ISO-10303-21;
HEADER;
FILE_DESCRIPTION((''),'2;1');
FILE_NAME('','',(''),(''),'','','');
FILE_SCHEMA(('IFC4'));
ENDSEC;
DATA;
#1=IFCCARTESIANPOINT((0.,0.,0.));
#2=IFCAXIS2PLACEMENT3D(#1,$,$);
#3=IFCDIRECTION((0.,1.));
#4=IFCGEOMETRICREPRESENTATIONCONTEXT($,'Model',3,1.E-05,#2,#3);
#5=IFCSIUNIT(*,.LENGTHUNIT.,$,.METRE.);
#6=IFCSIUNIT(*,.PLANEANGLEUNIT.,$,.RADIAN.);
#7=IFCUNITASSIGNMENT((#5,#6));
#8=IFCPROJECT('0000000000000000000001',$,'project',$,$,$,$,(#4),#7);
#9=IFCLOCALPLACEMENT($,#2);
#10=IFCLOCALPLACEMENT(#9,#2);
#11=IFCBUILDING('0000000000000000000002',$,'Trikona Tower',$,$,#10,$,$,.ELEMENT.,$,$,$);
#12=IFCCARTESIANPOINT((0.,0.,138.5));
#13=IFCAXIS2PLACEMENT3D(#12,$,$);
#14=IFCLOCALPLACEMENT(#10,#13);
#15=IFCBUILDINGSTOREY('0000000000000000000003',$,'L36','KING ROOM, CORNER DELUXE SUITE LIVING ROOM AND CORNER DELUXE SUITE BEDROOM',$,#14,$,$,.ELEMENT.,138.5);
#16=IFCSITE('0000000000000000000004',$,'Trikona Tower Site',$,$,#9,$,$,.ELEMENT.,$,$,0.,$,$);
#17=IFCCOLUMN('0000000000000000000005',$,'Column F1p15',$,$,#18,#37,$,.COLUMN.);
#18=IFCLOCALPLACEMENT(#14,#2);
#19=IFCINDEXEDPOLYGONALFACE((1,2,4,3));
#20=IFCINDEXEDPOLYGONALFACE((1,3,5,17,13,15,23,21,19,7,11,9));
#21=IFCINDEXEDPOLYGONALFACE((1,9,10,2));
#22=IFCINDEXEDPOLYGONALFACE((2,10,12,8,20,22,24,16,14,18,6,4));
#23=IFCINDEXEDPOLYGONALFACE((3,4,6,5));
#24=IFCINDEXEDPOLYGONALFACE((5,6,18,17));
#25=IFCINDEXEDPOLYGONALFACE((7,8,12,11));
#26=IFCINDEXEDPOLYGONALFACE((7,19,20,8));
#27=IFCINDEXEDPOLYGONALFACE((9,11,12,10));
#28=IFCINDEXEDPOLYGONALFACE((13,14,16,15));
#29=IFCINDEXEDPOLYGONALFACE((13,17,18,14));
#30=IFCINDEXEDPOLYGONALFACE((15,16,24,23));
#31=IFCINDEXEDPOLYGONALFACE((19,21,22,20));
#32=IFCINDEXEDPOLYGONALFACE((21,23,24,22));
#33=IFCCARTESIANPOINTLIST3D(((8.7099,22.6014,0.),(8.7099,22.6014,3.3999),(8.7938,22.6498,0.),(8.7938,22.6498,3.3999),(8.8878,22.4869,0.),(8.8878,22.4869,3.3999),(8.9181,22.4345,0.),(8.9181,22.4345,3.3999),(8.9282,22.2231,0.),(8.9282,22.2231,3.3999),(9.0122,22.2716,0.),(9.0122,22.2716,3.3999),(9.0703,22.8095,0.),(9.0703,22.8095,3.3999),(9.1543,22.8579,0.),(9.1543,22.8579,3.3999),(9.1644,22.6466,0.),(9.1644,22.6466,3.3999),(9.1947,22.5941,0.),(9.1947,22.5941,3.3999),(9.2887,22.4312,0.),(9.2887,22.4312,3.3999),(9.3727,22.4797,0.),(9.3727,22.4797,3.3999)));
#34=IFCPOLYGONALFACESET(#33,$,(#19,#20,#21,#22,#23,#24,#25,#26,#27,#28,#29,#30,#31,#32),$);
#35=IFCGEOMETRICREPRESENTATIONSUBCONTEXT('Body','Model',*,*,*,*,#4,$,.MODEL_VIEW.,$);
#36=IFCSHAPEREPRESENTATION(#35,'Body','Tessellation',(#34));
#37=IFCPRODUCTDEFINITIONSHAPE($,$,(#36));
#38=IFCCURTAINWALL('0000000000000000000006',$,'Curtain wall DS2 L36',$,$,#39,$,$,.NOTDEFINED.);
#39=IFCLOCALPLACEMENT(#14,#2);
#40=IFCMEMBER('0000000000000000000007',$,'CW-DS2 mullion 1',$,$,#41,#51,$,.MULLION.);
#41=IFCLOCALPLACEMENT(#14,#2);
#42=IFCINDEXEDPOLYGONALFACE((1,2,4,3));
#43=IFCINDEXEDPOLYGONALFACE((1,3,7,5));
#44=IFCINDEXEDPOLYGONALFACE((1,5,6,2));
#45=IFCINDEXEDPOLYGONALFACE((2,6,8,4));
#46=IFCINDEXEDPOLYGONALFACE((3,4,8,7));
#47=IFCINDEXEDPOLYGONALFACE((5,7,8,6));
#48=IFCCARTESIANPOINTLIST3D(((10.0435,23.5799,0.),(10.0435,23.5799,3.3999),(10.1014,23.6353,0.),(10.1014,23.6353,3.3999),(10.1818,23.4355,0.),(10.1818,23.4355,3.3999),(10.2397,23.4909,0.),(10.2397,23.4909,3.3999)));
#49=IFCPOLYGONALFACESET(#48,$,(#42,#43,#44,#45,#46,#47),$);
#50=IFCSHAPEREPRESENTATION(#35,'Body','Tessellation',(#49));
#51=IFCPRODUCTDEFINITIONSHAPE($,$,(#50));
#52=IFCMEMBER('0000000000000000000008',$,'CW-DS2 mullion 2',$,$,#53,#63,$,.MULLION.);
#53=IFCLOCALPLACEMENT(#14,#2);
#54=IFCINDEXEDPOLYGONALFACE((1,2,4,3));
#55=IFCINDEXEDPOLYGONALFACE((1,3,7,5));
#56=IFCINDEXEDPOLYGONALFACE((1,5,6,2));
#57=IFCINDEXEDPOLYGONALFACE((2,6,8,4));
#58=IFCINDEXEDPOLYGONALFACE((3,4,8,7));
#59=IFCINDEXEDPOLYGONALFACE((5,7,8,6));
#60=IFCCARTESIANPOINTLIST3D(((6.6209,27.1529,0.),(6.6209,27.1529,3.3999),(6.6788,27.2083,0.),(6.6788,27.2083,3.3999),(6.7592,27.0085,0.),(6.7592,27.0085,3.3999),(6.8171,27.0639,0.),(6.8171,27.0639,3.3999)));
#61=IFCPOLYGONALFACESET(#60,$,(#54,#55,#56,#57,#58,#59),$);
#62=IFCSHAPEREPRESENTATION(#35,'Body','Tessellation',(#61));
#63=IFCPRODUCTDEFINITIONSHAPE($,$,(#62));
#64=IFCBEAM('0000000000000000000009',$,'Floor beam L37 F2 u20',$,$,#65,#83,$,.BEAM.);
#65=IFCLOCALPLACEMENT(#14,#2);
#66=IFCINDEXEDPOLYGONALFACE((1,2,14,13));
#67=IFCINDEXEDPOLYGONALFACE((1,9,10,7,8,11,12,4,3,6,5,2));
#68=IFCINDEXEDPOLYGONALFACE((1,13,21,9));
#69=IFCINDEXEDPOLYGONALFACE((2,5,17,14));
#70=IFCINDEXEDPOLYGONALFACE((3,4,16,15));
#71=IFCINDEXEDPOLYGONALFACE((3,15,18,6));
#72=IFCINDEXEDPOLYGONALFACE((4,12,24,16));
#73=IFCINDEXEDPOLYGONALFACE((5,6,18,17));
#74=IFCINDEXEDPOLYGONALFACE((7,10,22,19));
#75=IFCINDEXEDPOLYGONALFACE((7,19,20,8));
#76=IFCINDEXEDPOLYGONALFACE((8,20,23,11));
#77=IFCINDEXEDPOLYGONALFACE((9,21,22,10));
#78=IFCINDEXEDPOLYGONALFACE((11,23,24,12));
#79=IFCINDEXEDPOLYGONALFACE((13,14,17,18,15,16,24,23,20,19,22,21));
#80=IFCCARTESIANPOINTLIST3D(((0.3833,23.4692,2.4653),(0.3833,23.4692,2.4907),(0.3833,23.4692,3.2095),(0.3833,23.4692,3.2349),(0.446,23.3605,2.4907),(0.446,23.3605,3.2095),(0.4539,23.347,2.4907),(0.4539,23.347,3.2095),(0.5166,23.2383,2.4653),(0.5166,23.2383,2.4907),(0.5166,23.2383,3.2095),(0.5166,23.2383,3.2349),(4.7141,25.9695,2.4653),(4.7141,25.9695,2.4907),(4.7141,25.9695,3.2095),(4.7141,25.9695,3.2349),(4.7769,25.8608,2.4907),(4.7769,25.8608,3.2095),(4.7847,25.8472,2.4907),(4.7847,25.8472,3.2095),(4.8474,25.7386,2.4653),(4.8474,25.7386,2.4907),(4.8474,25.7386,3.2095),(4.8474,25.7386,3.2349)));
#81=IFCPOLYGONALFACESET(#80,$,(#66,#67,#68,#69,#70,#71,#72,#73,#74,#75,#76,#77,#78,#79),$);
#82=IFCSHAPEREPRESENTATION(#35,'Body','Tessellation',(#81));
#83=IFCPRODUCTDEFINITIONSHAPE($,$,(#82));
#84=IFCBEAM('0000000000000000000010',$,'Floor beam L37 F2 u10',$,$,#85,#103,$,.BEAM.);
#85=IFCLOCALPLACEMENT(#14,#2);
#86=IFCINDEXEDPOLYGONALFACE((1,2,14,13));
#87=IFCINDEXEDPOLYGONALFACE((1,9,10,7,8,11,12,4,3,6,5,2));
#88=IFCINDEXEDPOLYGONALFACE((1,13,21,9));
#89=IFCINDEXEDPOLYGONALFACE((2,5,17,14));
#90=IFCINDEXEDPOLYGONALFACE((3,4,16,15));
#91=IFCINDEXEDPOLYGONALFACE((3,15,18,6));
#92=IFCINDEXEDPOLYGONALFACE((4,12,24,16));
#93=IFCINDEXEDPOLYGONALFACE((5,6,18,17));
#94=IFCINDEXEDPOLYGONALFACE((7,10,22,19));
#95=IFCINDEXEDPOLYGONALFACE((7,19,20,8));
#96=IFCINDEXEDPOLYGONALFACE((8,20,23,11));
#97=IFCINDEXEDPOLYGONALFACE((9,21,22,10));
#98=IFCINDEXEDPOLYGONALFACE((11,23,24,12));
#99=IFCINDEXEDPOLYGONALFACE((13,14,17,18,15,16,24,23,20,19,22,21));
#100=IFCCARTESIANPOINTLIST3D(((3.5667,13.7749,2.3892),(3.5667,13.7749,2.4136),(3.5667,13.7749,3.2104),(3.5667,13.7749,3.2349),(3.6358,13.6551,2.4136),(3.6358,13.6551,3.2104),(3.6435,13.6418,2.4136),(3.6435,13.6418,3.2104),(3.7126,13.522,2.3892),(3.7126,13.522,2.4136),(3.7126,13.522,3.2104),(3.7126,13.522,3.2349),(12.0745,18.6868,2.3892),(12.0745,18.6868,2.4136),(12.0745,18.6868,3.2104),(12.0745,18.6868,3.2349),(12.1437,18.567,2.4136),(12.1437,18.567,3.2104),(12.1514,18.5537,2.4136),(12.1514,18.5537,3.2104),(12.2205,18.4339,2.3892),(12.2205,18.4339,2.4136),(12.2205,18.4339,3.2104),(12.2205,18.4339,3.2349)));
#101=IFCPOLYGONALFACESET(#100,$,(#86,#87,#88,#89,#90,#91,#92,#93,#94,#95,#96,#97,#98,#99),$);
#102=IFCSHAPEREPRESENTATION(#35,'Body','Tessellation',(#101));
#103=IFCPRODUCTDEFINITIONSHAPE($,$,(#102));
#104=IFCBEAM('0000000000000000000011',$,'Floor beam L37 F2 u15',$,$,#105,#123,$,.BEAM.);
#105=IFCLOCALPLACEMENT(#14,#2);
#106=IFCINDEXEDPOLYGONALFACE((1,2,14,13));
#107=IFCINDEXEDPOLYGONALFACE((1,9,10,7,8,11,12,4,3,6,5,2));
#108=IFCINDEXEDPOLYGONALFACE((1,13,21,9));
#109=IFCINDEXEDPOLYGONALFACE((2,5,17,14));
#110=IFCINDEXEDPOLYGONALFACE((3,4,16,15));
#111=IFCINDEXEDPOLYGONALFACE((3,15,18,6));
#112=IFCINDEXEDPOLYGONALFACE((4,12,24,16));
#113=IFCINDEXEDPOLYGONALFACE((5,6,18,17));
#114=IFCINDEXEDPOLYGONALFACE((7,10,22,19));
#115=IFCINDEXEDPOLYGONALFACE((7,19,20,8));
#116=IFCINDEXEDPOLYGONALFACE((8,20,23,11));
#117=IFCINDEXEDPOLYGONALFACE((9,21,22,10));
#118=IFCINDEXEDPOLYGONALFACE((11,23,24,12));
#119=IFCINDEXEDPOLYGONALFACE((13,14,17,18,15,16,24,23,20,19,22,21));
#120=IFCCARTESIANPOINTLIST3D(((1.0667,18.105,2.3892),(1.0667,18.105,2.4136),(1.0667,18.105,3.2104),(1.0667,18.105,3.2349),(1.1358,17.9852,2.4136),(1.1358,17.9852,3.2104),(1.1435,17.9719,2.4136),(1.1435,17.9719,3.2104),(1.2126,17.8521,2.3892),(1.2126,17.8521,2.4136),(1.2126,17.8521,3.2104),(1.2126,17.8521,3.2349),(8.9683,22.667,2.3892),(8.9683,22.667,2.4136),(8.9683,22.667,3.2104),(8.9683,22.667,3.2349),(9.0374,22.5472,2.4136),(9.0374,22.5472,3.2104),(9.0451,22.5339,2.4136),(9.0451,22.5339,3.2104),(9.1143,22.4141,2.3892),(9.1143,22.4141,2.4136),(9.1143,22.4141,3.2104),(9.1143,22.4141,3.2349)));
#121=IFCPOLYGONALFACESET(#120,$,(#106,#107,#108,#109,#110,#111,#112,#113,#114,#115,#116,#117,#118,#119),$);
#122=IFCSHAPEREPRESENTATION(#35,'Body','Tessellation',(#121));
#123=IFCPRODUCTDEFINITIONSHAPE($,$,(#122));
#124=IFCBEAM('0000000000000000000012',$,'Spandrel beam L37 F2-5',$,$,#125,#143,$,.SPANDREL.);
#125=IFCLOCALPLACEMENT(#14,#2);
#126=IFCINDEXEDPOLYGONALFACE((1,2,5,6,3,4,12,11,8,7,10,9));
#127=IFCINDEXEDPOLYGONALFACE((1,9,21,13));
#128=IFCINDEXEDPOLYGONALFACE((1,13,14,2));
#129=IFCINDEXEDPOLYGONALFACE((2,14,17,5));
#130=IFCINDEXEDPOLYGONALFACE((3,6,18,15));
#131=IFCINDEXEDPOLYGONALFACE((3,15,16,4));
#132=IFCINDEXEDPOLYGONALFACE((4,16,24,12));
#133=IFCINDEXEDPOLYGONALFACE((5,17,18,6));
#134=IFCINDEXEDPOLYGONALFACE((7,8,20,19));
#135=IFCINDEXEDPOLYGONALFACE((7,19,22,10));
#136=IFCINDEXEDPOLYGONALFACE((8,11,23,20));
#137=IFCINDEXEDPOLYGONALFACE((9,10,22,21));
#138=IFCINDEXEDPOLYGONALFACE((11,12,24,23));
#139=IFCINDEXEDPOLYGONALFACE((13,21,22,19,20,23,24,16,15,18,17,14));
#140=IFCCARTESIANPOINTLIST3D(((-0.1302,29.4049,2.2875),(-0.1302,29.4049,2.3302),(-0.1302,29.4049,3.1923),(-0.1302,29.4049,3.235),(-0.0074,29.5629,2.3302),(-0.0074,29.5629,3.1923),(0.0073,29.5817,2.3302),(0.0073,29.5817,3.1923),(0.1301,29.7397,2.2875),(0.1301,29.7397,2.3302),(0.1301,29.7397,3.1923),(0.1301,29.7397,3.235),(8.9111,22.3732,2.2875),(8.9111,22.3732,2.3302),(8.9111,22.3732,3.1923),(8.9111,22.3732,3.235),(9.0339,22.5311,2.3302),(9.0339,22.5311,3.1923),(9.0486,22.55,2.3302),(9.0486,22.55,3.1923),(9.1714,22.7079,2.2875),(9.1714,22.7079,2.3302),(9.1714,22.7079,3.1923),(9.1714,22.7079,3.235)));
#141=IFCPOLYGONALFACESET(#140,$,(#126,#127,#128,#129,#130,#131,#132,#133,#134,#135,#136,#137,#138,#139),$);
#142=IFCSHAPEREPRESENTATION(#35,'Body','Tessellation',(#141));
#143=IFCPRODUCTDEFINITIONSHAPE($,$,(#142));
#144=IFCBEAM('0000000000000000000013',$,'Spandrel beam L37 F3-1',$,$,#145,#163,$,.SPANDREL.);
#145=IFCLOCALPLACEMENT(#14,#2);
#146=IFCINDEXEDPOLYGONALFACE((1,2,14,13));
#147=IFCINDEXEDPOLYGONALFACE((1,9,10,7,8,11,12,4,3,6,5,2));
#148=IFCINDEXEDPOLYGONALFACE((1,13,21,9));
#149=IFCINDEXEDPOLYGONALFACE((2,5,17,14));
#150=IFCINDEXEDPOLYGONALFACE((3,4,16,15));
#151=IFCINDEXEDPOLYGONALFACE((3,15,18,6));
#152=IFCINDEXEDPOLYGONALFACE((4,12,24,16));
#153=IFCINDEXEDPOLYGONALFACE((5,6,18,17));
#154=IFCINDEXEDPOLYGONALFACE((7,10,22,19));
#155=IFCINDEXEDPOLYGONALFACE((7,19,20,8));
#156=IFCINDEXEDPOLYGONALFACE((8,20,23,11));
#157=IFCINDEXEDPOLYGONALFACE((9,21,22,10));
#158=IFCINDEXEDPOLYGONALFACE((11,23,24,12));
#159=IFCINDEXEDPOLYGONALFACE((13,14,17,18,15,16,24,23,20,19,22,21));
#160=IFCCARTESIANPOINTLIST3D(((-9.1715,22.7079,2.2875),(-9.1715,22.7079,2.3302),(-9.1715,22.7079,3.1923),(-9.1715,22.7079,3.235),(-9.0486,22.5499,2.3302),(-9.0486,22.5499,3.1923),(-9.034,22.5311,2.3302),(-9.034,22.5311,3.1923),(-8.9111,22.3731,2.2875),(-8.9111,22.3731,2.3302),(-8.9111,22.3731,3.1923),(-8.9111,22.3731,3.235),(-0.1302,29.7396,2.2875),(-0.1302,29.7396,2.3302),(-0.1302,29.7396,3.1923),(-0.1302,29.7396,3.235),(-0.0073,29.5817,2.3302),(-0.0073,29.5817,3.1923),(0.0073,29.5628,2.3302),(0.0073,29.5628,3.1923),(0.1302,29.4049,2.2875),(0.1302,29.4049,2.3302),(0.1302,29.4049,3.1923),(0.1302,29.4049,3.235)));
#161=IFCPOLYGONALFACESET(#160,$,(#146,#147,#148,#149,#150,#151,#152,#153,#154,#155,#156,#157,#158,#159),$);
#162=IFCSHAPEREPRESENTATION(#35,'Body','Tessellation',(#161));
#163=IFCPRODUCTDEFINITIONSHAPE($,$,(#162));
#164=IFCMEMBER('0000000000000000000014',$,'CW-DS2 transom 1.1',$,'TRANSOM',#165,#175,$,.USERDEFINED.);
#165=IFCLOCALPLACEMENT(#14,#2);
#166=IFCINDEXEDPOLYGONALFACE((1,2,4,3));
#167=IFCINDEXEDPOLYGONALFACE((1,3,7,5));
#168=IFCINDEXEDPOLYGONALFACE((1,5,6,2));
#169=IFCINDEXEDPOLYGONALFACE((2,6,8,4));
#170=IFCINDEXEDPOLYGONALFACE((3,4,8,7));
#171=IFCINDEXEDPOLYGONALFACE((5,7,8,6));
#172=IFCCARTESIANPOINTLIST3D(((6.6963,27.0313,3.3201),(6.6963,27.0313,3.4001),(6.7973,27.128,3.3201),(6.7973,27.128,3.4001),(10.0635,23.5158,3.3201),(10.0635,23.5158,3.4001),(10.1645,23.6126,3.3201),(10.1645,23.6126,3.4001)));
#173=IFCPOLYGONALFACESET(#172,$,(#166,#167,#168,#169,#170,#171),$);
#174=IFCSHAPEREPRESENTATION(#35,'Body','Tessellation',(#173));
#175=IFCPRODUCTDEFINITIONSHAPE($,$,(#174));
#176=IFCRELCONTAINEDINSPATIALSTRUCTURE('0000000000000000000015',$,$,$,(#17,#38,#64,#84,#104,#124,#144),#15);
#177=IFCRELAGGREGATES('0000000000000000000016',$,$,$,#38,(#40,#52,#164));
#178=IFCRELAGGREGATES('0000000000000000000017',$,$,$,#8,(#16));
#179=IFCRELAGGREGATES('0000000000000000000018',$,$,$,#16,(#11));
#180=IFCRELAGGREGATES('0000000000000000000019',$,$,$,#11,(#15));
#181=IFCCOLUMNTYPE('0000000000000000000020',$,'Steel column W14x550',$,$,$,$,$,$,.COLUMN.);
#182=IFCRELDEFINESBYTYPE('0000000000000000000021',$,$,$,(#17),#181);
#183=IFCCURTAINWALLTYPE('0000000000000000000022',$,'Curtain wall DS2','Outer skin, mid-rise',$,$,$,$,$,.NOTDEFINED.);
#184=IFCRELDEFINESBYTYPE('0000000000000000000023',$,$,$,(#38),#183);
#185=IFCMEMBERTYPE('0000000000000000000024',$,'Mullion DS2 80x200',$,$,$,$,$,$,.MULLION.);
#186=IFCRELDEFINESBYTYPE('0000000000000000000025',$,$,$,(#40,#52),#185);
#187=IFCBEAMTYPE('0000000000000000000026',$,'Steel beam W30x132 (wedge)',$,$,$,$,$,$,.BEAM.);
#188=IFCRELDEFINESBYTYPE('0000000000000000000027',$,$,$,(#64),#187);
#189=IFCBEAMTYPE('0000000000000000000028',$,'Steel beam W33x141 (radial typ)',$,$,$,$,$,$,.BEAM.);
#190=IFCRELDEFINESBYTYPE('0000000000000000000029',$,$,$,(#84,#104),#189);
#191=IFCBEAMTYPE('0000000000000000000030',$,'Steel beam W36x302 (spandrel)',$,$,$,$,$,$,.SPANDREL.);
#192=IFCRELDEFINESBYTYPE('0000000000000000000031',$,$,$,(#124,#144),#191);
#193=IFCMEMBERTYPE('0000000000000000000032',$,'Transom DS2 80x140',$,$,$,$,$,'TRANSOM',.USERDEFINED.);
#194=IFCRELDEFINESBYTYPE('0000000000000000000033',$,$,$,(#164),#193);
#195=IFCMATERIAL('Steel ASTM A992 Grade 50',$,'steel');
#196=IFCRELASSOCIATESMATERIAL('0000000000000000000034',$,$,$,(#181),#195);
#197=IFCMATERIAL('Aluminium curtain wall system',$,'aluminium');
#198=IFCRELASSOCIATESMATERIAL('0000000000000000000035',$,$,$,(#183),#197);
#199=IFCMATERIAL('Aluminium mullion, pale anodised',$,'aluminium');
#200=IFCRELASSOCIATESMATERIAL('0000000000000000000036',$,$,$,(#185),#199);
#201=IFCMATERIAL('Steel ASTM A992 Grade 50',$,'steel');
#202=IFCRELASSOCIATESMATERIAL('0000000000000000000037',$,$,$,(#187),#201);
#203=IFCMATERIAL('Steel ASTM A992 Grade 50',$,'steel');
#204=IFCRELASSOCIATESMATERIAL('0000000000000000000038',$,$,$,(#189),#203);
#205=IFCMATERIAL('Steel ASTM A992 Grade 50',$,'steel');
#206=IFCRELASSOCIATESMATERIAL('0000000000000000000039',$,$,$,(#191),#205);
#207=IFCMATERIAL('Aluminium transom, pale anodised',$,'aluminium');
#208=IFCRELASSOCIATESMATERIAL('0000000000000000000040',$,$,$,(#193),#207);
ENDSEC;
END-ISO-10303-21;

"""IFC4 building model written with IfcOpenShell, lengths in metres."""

from ifc_helpers import new_model, si_unit, direction, frame, origin, origin_2d, place, context, subcontext, project, spatial, rectangle, i_section, extrude, material, material_profile, profile_set, type_object, element, aggregate, save


model = new_model("IFC4")

# Units and contexts
model_context = context("Model", 3, precision=1e-05, world=origin(), true_north=direction((0.0, 1.0)))
body_context = subcontext(model_context, "Body", "Model", "MODEL_VIEW")
ifc_project = project(units=[si_unit("LENGTHUNIT", "METRE"), si_unit("PLANEANGLEUNIT", "RADIAN")], contexts=[model_context])

# Site, building, storey
site_placement = place(None, origin())
site = spatial("IfcSite", under=ifc_project, at=site_placement, Name="Trikona Tower Site", CompositionType="ELEMENT", RefElevation=0.0)
building_placement = place(site_placement, origin())
building = spatial("IfcBuilding", under=site, at=building_placement, Name="Trikona Tower", CompositionType="ELEMENT")
storey_placement = place(building_placement, frame((0.0, 0.0, 138.5)))
storey = spatial("IfcBuildingStorey", under=building, at=storey_placement, Name="L36", Description="KING ROOM, CORNER DELUXE SUITE LIVING ROOM AND CORNER DELUXE SUITE BEDROOM", CompositionType="ELEMENT", Elevation=138.5)

# Column
ifc_material_1 = material(Name="Steel ASTM A992 Grade 50", Category="steel")
ifc_material_profile_1 = material_profile(ifc_material_1, i_section(OverallWidth=0.4368, OverallDepth=0.5132, WebThickness=0.0605, FlangeThickness=0.0969, at=origin_2d()), Name="W14X550")
ifc_profile_set_1 = profile_set([ifc_material_profile_1], Name="Steel ASTM A992 Grade 50")
column_type = type_object("IfcColumnType", Name="Steel column W14x550", PredefinedType="COLUMN", material=ifc_profile_set_1)
column_placement = place(storey_placement, frame((9.0413, 22.5405, 0.0), z_axis=(0.0, 0.0, 1.0), x_axis=(-0.5, 0.866025, 0.0)))
element("IfcColumn", 1, at=column_placement, inside=storey, type_object=column_type, Name="Column F1p15", PredefinedType="COLUMN", context=body_context, shape_type="SweptSolid", body=[
    extrude(i_section(OverallWidth=0.4368, OverallDepth=0.5132, WebThickness=0.0605, FlangeThickness=0.0969, at=origin_2d()), origin(), (0.0, 0.0, 1.0), 3.3999),
])

# Curtain wall, members
ifc_material_2 = material(Name="Aluminium curtain wall system", Category="aluminium")
curtain_wall_type = type_object("IfcCurtainWallType", Name="Curtain wall DS2", Description="Outer skin, mid-rise", PredefinedType="NOTDEFINED", material=ifc_material_2)
curtain_wall_placement = place(storey_placement, origin())
curtain_wall = element("IfcCurtainWall", 2, at=curtain_wall_placement, inside=storey, type_object=curtain_wall_type, Name="Curtain wall DS2 L36", PredefinedType="NOTDEFINED")
ifc_material_3 = material(Name="Aluminium mullion, pale anodised", Category="aluminium")
ifc_material_profile_2 = material_profile(ifc_material_3, rectangle(XDim=0.0801, YDim=0.2, at=origin_2d()), Name="MUL-DS2")
ifc_profile_set_2 = profile_set([ifc_material_profile_2], Name="Aluminium mullion, pale anodised")
member_type_1 = type_object("IfcMemberType", Name="Mullion DS2 80x200", PredefinedType="MULLION", material=ifc_profile_set_2)
member_1_placement = place(storey_placement, frame((10.1416, 23.5354, 0.0), z_axis=(0.0, 0.0, 1.0), x_axis=(-0.722158, -0.691728, 0.0)))
member_1 = element("IfcMember", 3, at=member_1_placement, type_object=member_type_1, Name="CW-DS2 mullion 1", PredefinedType="MULLION", context=body_context, shape_type="SweptSolid", body=[
    extrude(rectangle(XDim=0.0801, YDim=0.2, at=origin_2d()), origin(), (0.0, 0.0, 1.0), 3.3999),
])
member_2_placement = place(storey_placement, frame((6.719, 27.1084, 0.0), z_axis=(0.0, 0.0, 1.0), x_axis=(-0.722158, -0.691728, 0.0)))
member_2 = element("IfcMember", 4, at=member_2_placement, type_object=member_type_1, Name="CW-DS2 mullion 2", PredefinedType="MULLION", context=body_context, shape_type="SweptSolid", body=[
    extrude(rectangle(XDim=0.0801, YDim=0.2, at=origin_2d()), origin(), (0.0, 0.0, 1.0), 3.3999),
])

# Beams
ifc_material_4 = material(Name="Steel ASTM A992 Grade 50", Category="steel")
ifc_material_profile_3 = material_profile(ifc_material_4, i_section(OverallWidth=0.2666, OverallDepth=0.7695, WebThickness=0.0156, FlangeThickness=0.0254, at=origin_2d()), Name="W30X132")
ifc_profile_set_3 = profile_set([ifc_material_profile_3], Name="Steel ASTM A992 Grade 50")
beam_type_1 = type_object("IfcBeamType", Name="Steel beam W30x132 (wedge)", PredefinedType="BEAM", material=ifc_profile_set_3)
beam_1_placement = place(storey_placement, frame((0.45, 23.3538, 2.8501), z_axis=(0.866038, 0.499977, 0.0), x_axis=(-0.499977, 0.866038, 0.0)))
element("IfcBeam", 5, at=beam_1_placement, inside=storey, type_object=beam_type_1, Name="Floor beam L37 F2 u20", PredefinedType="BEAM", context=body_context, shape_type="SweptSolid", body=[
    extrude(i_section(OverallWidth=0.2666, OverallDepth=0.7695, WebThickness=0.0156, FlangeThickness=0.0254, at=origin_2d()), origin(), (0.0, 0.0, 1.0), 5.0007),
])
ifc_material_5 = material(Name="Steel ASTM A992 Grade 50", Category="steel")
ifc_material_profile_4 = material_profile(ifc_material_5, i_section(OverallWidth=0.292, OverallDepth=0.8457, WebThickness=0.0154, FlangeThickness=0.0244, at=origin_2d()), Name="W33X141")
ifc_profile_set_4 = profile_set([ifc_material_profile_4], Name="Steel ASTM A992 Grade 50")
beam_type_2 = type_object("IfcBeamType", Name="Steel beam W33x141 (radial typ)", PredefinedType="BEAM", material=ifc_profile_set_4)
beam_2_placement = place(storey_placement, frame((3.6396, 13.6484, 2.812), z_axis=(0.866031, 0.499991, 0.0), x_axis=(-0.499991, 0.866031, 0.0)))
element("IfcBeam", 6, at=beam_2_placement, inside=storey, type_object=beam_type_2, Name="Floor beam L37 F2 u10", PredefinedType="BEAM", context=body_context, shape_type="SweptSolid", body=[
    extrude(i_section(OverallWidth=0.292, OverallDepth=0.8457, WebThickness=0.0154, FlangeThickness=0.0244, at=origin_2d()), origin(), (0.0, 0.0, 1.0), 9.824),
])
beam_3_placement = place(storey_placement, frame((1.1396, 17.9785, 2.812), z_axis=(0.866025, 0.500001, 0.0), x_axis=(-0.500001, 0.866025, 0.0)))
element("IfcBeam", 7, at=beam_3_placement, inside=storey, type_object=beam_type_2, Name="Floor beam L37 F2 u15", PredefinedType="BEAM", context=body_context, shape_type="SweptSolid", body=[
    extrude(i_section(OverallWidth=0.292, OverallDepth=0.8457, WebThickness=0.0154, FlangeThickness=0.0244, at=origin_2d()), origin(), (0.0, 0.0, 1.0), 9.124),
])
ifc_material_6 = material(Name="Steel ASTM A992 Grade 50", Category="steel")
ifc_material_profile_5 = material_profile(ifc_material_6, i_section(OverallWidth=0.4241, OverallDepth=0.9475, WebThickness=0.0239, FlangeThickness=0.0427, at=origin_2d()), Name="W36X302")
ifc_profile_set_5 = profile_set([ifc_material_profile_5], Name="Steel ASTM A992 Grade 50")
beam_type_3 = type_object("IfcBeamType", Name="Steel beam W36x302 (spandrel)", PredefinedType="SPANDREL", material=ifc_profile_set_5)
for number, where, z_axis, x_axis, name in (
    (8, (9.0413, 22.5405, 2.7612), (-0.789367, 0.613921, 0.0), (-0.613921, -0.789367, 0.0), "Spandrel beam L37 F2-5"),
    (9, (0.0, 29.5723, 2.7612), (-0.789367, -0.613921, 0.0), (0.613921, -0.789367, 0.0), "Spandrel beam L37 F3-1"),
):
    element("IfcBeam", number, at=place(storey_placement, frame(where, z_axis=z_axis, x_axis=x_axis)), inside=storey, type_object=beam_type_3, Name=name, PredefinedType="SPANDREL", context=body_context, shape_type="SweptSolid", body=[
        extrude(i_section(OverallWidth=0.4241, OverallDepth=0.9475, WebThickness=0.0239, FlangeThickness=0.0427, at=origin_2d()), origin(), (0.0, 0.0, 1.0), 11.4539),
    ])

# Member
ifc_material_7 = material(Name="Aluminium transom, pale anodised", Category="aluminium")
ifc_material_profile_6 = material_profile(ifc_material_7, rectangle(XDim=0.1399, YDim=0.0801, at=origin_2d()), Name="TRN-DS2")
ifc_profile_set_6 = profile_set([ifc_material_profile_6], Name="Aluminium transom, pale anodised")
member_type_2 = type_object("IfcMemberType", Name="Transom DS2 80x140", ElementType="TRANSOM", PredefinedType="USERDEFINED", material=ifc_profile_set_6)
member_3_placement = place(storey_placement, frame((10.114, 23.5642, 3.3601), z_axis=(-0.691721, 0.722165, 0.0), x_axis=(-0.722165, -0.691721, 0.0)))
member_3 = element("IfcMember", 10, at=member_3_placement, type_object=member_type_2, Name="CW-DS2 transom 1.1", ObjectType="TRANSOM", PredefinedType="USERDEFINED", context=body_context, shape_type="SweptSolid", body=[
    extrude(rectangle(XDim=0.1399, YDim=0.0801, at=origin_2d()), origin(), (0.0, 0.0, 1.0), 4.8679),
])

aggregate(curtain_wall, [member_1, member_2, member_3])

save(model, "model.ifc")
